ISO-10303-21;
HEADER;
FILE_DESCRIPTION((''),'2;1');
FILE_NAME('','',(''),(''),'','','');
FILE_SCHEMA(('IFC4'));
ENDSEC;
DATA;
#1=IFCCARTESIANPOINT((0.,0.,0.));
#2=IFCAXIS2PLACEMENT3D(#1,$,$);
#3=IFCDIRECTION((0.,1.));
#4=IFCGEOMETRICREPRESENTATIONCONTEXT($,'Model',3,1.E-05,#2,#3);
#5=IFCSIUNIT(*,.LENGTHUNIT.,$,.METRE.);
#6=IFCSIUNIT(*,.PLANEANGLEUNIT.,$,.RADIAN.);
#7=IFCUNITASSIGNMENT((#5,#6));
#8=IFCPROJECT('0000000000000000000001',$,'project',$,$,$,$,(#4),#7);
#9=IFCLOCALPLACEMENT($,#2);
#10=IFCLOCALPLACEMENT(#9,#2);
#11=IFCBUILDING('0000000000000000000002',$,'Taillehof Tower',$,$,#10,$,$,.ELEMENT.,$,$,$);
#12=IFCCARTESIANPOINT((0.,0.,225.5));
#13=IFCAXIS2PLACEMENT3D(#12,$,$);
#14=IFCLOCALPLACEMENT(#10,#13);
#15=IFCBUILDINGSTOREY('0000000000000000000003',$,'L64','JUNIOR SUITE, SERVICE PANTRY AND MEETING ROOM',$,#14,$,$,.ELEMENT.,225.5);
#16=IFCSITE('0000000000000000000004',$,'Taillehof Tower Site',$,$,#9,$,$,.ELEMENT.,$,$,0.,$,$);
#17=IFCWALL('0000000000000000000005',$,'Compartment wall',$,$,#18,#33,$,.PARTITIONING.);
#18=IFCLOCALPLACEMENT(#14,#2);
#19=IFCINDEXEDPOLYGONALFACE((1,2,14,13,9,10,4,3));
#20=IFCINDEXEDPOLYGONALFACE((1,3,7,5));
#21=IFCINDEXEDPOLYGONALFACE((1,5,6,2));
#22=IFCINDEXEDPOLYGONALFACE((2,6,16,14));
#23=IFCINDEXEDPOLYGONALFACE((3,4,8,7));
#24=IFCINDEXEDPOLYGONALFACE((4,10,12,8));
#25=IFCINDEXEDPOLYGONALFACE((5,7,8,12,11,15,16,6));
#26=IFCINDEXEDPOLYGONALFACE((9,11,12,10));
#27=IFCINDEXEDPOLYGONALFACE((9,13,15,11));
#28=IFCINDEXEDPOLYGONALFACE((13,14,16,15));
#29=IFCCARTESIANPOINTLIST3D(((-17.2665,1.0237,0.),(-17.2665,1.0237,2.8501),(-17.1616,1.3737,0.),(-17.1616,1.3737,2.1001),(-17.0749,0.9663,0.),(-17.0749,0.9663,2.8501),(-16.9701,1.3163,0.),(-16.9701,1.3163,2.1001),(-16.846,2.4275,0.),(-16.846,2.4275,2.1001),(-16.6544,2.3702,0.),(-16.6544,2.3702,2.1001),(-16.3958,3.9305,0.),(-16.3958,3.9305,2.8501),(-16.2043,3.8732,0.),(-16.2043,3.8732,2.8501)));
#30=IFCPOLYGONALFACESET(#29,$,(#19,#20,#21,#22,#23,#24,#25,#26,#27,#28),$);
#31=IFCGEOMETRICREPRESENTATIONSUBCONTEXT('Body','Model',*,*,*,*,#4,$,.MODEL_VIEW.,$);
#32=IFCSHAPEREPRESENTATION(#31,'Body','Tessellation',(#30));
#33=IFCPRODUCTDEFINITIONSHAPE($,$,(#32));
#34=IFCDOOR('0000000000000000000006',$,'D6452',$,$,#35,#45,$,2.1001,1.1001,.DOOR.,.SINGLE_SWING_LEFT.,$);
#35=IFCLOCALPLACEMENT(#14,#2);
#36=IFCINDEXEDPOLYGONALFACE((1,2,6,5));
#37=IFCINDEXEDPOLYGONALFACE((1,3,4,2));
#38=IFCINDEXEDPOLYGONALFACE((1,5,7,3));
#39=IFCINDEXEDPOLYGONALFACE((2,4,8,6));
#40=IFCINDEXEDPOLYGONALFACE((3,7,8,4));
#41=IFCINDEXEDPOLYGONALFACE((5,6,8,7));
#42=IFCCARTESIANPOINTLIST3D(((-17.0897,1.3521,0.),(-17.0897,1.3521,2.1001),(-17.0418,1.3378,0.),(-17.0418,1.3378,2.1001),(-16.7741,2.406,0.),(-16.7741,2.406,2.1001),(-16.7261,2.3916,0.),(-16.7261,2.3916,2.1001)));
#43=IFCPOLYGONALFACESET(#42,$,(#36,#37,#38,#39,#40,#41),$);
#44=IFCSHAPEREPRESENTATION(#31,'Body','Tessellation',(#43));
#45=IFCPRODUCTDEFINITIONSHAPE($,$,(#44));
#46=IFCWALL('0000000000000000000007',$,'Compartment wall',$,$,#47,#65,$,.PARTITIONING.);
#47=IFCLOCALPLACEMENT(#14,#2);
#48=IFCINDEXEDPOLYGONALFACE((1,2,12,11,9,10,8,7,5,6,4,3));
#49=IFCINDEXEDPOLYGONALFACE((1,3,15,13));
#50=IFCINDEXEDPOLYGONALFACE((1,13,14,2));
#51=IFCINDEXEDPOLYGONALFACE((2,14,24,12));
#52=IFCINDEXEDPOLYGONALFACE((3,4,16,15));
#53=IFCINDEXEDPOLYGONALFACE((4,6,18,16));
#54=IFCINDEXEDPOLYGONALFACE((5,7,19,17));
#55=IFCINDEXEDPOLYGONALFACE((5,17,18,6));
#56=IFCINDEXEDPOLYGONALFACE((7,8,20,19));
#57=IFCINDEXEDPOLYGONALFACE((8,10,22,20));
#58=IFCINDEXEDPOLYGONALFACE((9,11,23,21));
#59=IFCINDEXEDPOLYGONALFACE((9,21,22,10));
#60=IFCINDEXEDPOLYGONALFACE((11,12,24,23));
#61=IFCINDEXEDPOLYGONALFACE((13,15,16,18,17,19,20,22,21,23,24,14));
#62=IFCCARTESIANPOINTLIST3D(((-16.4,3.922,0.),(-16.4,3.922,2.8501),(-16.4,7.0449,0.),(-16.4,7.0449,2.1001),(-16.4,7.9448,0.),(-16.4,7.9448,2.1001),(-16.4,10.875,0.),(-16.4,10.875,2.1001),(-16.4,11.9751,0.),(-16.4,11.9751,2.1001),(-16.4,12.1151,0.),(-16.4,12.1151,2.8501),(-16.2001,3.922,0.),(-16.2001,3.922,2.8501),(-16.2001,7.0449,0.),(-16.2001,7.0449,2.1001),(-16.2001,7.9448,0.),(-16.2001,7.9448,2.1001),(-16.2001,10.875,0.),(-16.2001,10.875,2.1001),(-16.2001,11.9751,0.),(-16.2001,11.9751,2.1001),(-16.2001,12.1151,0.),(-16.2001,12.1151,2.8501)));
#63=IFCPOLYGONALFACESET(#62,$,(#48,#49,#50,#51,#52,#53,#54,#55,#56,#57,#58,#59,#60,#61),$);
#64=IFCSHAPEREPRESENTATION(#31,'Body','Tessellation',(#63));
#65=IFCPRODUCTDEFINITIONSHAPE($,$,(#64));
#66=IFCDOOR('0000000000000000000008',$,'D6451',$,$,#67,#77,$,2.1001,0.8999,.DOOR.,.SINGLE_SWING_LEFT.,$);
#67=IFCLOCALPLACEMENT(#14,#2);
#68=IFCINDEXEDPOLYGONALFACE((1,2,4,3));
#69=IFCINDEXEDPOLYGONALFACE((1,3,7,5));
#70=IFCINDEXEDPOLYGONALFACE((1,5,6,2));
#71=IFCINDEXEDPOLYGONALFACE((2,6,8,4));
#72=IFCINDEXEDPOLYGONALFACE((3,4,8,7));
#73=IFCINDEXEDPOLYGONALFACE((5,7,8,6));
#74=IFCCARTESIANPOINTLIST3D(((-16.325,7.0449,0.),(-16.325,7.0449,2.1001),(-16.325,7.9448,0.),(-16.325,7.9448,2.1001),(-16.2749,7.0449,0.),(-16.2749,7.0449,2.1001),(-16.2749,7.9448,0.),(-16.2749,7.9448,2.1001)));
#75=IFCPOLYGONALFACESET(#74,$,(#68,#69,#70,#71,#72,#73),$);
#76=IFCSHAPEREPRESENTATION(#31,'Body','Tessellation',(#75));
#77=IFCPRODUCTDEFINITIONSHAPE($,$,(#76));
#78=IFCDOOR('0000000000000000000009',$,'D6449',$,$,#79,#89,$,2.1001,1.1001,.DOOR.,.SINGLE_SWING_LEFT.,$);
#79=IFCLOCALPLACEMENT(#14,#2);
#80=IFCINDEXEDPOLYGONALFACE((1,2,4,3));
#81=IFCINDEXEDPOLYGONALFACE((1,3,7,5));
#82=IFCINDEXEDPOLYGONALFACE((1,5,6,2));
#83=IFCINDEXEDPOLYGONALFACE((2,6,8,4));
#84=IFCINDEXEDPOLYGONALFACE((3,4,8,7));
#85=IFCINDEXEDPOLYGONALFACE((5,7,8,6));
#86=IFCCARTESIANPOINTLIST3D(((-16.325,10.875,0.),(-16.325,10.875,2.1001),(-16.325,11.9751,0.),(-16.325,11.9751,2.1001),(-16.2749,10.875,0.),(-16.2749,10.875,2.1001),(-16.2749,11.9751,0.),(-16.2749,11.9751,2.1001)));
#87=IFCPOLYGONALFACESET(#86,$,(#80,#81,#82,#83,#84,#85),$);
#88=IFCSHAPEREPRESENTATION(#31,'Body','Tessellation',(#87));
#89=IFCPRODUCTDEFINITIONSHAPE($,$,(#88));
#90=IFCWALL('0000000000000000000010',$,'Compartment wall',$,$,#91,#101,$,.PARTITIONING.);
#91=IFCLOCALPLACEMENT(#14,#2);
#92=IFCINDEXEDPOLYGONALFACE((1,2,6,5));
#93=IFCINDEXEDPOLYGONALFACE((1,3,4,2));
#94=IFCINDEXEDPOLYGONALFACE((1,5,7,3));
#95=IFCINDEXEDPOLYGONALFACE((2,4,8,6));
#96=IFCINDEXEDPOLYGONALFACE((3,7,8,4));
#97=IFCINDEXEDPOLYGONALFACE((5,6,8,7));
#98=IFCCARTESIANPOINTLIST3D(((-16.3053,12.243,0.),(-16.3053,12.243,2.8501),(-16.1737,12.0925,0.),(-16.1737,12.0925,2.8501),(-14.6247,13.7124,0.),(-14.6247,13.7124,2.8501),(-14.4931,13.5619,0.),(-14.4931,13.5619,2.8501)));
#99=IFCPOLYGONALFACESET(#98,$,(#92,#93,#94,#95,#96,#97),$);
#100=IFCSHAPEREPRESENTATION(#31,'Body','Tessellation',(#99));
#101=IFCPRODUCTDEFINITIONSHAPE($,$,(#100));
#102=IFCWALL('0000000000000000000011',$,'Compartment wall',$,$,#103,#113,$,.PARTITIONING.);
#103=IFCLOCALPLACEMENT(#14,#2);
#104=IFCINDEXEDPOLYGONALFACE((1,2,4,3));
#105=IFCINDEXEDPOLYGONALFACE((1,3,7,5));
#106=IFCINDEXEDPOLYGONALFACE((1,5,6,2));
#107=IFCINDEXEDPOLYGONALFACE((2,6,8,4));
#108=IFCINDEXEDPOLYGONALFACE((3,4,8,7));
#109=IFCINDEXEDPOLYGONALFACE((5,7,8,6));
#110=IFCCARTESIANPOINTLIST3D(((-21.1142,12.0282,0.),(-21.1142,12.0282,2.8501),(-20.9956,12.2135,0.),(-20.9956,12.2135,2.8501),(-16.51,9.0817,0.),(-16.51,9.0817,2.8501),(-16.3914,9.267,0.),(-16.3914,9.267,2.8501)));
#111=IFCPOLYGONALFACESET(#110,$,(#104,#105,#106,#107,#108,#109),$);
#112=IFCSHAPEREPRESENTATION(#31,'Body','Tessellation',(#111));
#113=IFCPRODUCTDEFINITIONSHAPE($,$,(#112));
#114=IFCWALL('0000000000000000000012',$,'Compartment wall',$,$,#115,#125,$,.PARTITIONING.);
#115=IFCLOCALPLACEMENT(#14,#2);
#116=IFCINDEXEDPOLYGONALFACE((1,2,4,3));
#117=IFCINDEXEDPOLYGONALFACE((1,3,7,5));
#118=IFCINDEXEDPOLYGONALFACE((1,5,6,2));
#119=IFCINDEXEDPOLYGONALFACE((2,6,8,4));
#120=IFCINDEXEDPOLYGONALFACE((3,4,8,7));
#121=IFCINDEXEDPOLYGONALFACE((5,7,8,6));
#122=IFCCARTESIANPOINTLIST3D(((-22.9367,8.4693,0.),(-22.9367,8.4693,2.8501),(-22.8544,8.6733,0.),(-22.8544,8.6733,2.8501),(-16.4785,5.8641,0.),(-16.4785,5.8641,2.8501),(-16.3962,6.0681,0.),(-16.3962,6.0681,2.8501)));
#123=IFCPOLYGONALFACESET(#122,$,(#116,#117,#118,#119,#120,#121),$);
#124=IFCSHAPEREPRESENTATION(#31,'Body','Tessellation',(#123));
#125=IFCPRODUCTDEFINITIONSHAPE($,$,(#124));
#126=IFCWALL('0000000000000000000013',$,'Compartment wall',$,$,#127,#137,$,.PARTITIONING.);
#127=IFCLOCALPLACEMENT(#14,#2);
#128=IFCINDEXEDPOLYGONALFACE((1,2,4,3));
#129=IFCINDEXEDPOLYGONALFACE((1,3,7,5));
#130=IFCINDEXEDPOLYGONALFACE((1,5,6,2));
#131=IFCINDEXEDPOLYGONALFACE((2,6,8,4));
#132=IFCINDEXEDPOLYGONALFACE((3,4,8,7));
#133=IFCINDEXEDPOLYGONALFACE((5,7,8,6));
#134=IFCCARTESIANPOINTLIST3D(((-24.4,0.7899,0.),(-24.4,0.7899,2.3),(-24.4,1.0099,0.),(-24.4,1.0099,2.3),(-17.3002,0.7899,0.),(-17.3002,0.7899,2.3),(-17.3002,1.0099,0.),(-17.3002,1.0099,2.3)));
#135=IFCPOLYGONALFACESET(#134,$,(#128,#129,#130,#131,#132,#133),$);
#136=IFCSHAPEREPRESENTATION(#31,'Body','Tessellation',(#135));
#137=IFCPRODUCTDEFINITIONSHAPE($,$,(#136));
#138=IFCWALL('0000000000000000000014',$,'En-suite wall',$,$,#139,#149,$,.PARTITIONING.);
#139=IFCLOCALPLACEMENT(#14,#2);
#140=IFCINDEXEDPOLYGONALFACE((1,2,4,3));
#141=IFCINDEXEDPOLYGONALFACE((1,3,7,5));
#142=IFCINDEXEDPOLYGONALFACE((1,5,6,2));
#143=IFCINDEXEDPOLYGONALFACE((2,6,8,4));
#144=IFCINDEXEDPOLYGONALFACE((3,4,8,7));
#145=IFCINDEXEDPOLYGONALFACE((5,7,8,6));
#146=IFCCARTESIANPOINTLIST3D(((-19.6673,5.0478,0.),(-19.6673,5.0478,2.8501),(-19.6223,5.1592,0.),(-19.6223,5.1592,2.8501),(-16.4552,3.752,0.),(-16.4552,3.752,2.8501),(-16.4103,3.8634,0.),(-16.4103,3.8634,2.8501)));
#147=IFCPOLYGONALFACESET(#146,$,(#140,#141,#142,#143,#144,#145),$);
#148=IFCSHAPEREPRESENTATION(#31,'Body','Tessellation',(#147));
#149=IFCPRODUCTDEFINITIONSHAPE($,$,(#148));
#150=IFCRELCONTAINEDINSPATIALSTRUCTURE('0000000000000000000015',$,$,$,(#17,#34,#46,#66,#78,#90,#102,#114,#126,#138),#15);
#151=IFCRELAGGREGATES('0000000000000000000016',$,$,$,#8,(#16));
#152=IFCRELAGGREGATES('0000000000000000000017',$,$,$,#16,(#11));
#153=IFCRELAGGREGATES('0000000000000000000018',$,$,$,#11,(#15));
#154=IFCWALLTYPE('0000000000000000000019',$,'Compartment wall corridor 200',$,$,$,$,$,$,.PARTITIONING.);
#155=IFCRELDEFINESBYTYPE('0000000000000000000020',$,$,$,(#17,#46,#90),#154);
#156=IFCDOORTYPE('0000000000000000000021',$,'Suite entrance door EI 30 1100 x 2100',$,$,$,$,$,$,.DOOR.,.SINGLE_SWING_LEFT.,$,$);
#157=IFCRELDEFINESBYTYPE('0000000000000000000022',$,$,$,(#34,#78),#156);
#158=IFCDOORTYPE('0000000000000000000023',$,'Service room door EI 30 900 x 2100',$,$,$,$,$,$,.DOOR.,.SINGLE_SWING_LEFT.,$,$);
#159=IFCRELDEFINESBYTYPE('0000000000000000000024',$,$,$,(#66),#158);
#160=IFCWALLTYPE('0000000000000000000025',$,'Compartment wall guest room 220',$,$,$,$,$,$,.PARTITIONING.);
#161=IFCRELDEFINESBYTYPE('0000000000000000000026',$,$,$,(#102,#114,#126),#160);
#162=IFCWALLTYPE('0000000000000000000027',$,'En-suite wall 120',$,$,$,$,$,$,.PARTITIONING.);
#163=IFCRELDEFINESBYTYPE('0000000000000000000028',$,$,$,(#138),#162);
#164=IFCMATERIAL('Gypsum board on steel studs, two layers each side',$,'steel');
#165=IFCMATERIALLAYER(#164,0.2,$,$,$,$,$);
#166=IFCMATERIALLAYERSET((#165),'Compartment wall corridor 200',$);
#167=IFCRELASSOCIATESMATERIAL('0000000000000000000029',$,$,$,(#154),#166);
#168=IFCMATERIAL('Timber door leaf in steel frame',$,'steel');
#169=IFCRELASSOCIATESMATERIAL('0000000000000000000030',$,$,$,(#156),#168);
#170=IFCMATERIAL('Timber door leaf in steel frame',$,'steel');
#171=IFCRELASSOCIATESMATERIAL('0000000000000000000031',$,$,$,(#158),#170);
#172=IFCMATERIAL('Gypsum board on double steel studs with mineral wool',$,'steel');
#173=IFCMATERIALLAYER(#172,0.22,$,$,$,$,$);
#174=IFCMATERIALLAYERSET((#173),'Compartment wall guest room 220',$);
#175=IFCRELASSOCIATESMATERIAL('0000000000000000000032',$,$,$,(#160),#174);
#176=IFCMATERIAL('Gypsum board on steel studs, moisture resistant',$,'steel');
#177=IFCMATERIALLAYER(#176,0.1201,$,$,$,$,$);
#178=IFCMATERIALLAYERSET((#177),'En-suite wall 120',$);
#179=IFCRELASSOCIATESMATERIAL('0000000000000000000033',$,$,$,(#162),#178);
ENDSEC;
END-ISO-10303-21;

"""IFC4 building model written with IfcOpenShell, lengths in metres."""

from ifc_helpers import new_model, si_unit, direction, frame, frame_2d, origin, place, context, subcontext, project, spatial, rectangle, extrude, material, layer, layer_set, type_object, element, fill, save


model = new_model("IFC4")

# Units and contexts
model_context = context("Model", 3, precision=1e-05, world=origin(), true_north=direction((0.0, 1.0)))
body_context = subcontext(model_context, "Body", "Model", "MODEL_VIEW")
ifc_project = project(units=[si_unit("LENGTHUNIT", "METRE"), si_unit("PLANEANGLEUNIT", "RADIAN")], contexts=[model_context])

# Site, building, storey
site_placement = place(None, origin())
site = spatial("IfcSite", under=ifc_project, at=site_placement, Name="Taillehof Tower Site", CompositionType="ELEMENT", RefElevation=0.0)
building_placement = place(site_placement, origin())
building = spatial("IfcBuilding", under=site, at=building_placement, Name="Taillehof Tower", CompositionType="ELEMENT")
storey_placement = place(building_placement, frame((0.0, 0.0, 225.5)))
storey = spatial("IfcBuildingStorey", under=building, at=storey_placement, Name="L64", Description="JUNIOR SUITE, SERVICE PANTRY AND MEETING ROOM", CompositionType="ELEMENT", Elevation=225.5)

# Wall, opening, door
ifc_material_1 = material(Name="Gypsum board on steel studs, two layers each side", Category="steel")
ifc_layer_1 = layer(ifc_material_1, 0.2)
ifc_layer_set_1 = layer_set([ifc_layer_1], Name="Compartment wall corridor 200")
wall_type_1 = type_object("IfcWallType", Name="Compartment wall corridor 200", PredefinedType="PARTITIONING", material=ifc_layer_set_1)
wall_1_placement = place(storey_placement, frame((-17.1707, 0.9951, 0.0), z_axis=(0.0, 0.0, 1.0), x_axis=(0.28692, 0.957955, 0.0)))
wall_1 = element("IfcWall", 1, at=wall_1_placement, inside=storey, type_object=wall_type_1, Name="Compartment wall", PredefinedType="PARTITIONING", context=body_context, shape_type="SweptSolid", body=[
    extrude(rectangle(XDim=3.0344, YDim=0.2, at=frame_2d((1.5171, 0.0))), origin(), (0.0, 0.0, 1.0), 2.8501),
])
opening_1_placement = place(wall_1_placement, frame((0.3652, 0.0, 0.0)))
opening_1 = element("IfcOpeningElement", 2, at=opening_1_placement, cuts=wall_1, PredefinedType="OPENING", context=body_context, shape_type="SweptSolid", body=[
    extrude(rectangle(XDim=1.1001, YDim=2.1001, at=frame_2d((0.55, 1.05))), frame((0.0, 0.1099, 0.0), z_axis=(0.0, -1.0, 0.0), x_axis=(1.0, 0.0, 0.0)), (0.0, 0.0, 1.0), 0.22),
])
ifc_material_2 = material(Name="Timber door leaf in steel frame", Category="steel")
door_type_1 = type_object("IfcDoorType", Name="Suite entrance door EI 30 1100 x 2100", OperationType="SINGLE_SWING_LEFT", PredefinedType="DOOR", material=ifc_material_2)
door_1_placement = place(opening_1_placement, origin())
door_1 = element("IfcDoor", 3, at=door_1_placement, inside=storey, type_object=door_type_1, Name="D6452", OperationType="SINGLE_SWING_LEFT", OverallHeight=2.1001, OverallWidth=1.1001, PredefinedType="DOOR", context=body_context, shape_type="SweptSolid", body=[
    extrude(rectangle(XDim=1.1001, YDim=2.1001, at=frame_2d((0.55, 1.05))), frame((0.0, 0.0249, 0.0), z_axis=(0.0, -1.0, 0.0), x_axis=(1.0, 0.0, 0.0)), (0.0, 0.0, 1.0), 0.05),
])
fill(opening_1, door_1)

# Wall, openings, doors
wall_2_placement = place(storey_placement, frame((-16.3, 3.9219, 0.0), z_axis=(0.0, 0.0, 1.0), x_axis=(0.0, 1.0, 0.0)))
wall_2 = element("IfcWall", 4, at=wall_2_placement, inside=storey, type_object=wall_type_1, Name="Compartment wall", PredefinedType="PARTITIONING", context=body_context, shape_type="SweptSolid", body=[
    extrude(rectangle(XDim=8.1931, YDim=0.2, at=frame_2d((4.0967, 0.0))), origin(), (0.0, 0.0, 1.0), 2.8501),
])
opening_2_placement = place(wall_2_placement, frame((6.9531, 0.0, 0.0)))
opening_2 = element("IfcOpeningElement", 5, at=opening_2_placement, cuts=wall_2, PredefinedType="OPENING", context=body_context, shape_type="SweptSolid", body=[
    extrude(rectangle(XDim=1.1001, YDim=2.1001, at=frame_2d((0.55, 1.05))), frame((0.0, 0.1099, 0.0), z_axis=(0.0, -1.0, 0.0), x_axis=(1.0, 0.0, 0.0)), (0.0, 0.0, 1.0), 0.22),
])
opening_3_placement = place(wall_2_placement, frame((3.123, 0.0, 0.0)))
opening_3 = element("IfcOpeningElement", 6, at=opening_3_placement, cuts=wall_2, PredefinedType="OPENING", context=body_context, shape_type="SweptSolid", body=[
    extrude(rectangle(XDim=0.8999, YDim=2.1001, at=frame_2d((0.45, 1.05))), frame((0.0, 0.1099, 0.0), z_axis=(0.0, -1.0, 0.0), x_axis=(1.0, 0.0, 0.0)), (0.0, 0.0, 1.0), 0.22),
])
ifc_material_3 = material(Name="Timber door leaf in steel frame", Category="steel")
door_type_2 = type_object("IfcDoorType", Name="Service room door EI 30 900 x 2100", OperationType="SINGLE_SWING_LEFT", PredefinedType="DOOR", material=ifc_material_3)
door_2_placement = place(opening_3_placement, origin())
door_2 = element("IfcDoor", 7, at=door_2_placement, inside=storey, type_object=door_type_2, Name="D6451", OperationType="SINGLE_SWING_LEFT", OverallHeight=2.1001, OverallWidth=0.8999, PredefinedType="DOOR", context=body_context, shape_type="SweptSolid", body=[
    extrude(rectangle(XDim=0.8999, YDim=2.1001, at=frame_2d((0.45, 1.05))), frame((0.0, 0.0249, 0.0), z_axis=(0.0, -1.0, 0.0), x_axis=(1.0, 0.0, 0.0)), (0.0, 0.0, 1.0), 0.05),
])
fill(opening_3, door_2)
door_3_placement = place(opening_2_placement, origin())
door_3 = element("IfcDoor", 8, at=door_3_placement, inside=storey, type_object=door_type_1, Name="D6449", OperationType="SINGLE_SWING_LEFT", OverallHeight=2.1001, OverallWidth=1.1001, PredefinedType="DOOR", context=body_context, shape_type="SweptSolid", body=[
    extrude(rectangle(XDim=1.1001, YDim=2.1001, at=frame_2d((0.55, 1.05))), frame((0.0, 0.0249, 0.0), z_axis=(0.0, -1.0, 0.0), x_axis=(1.0, 0.0, 0.0)), (0.0, 0.0, 1.0), 0.05),
])
fill(opening_2, door_3)

# Walls
wall_3_placement = place(storey_placement, frame((-16.2395, 12.1677, 0.0), z_axis=(0.0, 0.0, 1.0), x_axis=(0.752821, 0.658226, 0.0)))
element("IfcWall", 9, at=wall_3_placement, inside=storey, type_object=wall_type_1, Name="Compartment wall", PredefinedType="PARTITIONING", context=body_context, shape_type="SweptSolid", body=[
    extrude(rectangle(XDim=2.2324, YDim=0.2, at=frame_2d((1.1162, 0.0))), origin(), (0.0, 0.0, 1.0), 2.8501),
])
ifc_material_4 = material(Name="Gypsum board on double steel studs with mineral wool", Category="steel")
ifc_layer_2 = layer(ifc_material_4, 0.22)
ifc_layer_set_2 = layer_set([ifc_layer_2], Name="Compartment wall guest room 220")
wall_type_2 = type_object("IfcWallType", Name="Compartment wall guest room 220", PredefinedType="PARTITIONING", material=ifc_layer_set_2)
wall_4_placement = place(storey_placement, frame((-21.0549, 12.1208, 0.0), z_axis=(0.0, 0.0, 1.0), x_axis=(0.842287, -0.53903, 0.0)))
element("IfcWall", 10, at=wall_4_placement, inside=storey, type_object=wall_type_2, Name="Compartment wall", PredefinedType="PARTITIONING", context=body_context, shape_type="SweptSolid", body=[
    extrude(rectangle(XDim=5.4663, YDim=0.22, at=frame_2d((2.7332, 0.0))), origin(), (0.0, 0.0, 1.0), 2.8501),
])
wall_5_placement = place(storey_placement, frame((-22.8955, 8.5713, 0.0), z_axis=(0.0, 0.0, 1.0), x_axis=(0.927387, -0.374103, 0.0)))
element("IfcWall", 11, at=wall_5_placement, inside=storey, type_object=wall_type_2, Name="Compartment wall", PredefinedType="PARTITIONING", context=body_context, shape_type="SweptSolid", body=[
    extrude(rectangle(XDim=6.9639, YDim=0.22, at=frame_2d((3.4819, 0.0))), origin(), (0.0, 0.0, 1.0), 2.8501),
])
wall_6_placement = place(storey_placement, frame((-24.3999, 0.8999, 0.0), z_axis=(0.0, 0.0, 1.0), x_axis=(1.0, 0.0, 0.0)))
element("IfcWall", 12, at=wall_6_placement, inside=storey, type_object=wall_type_2, Name="Compartment wall", PredefinedType="PARTITIONING", context=body_context, shape_type="SweptSolid", body=[
    extrude(rectangle(XDim=7.0999, YDim=0.22, at=frame_2d((3.5498, 0.0))), origin(), (0.0, 0.0, 1.0), 2.3),
])
ifc_material_5 = material(Name="Gypsum board on steel studs, moisture resistant", Category="steel")
ifc_layer_3 = layer(ifc_material_5, 0.1201)
ifc_layer_set_3 = layer_set([ifc_layer_3], Name="En-suite wall 120")
wall_type_3 = type_object("IfcWallType", Name="En-suite wall 120", PredefinedType="PARTITIONING", material=ifc_layer_set_3)
wall_7_placement = place(storey_placement, frame((-16.4326, 3.8076, 0.0), z_axis=(0.0, 0.0, 1.0), x_axis=(-0.927374, 0.374136, 0.0)))
element("IfcWall", 13, at=wall_7_placement, inside=storey, type_object=wall_type_3, Name="En-suite wall", PredefinedType="PARTITIONING", context=body_context, shape_type="SweptSolid", body=[
    extrude(rectangle(XDim=3.4636, YDim=0.1201, at=frame_2d((1.7319, 0.0))), origin(), (0.0, 0.0, 1.0), 2.8501),
])

save(model, "model.ifc")
